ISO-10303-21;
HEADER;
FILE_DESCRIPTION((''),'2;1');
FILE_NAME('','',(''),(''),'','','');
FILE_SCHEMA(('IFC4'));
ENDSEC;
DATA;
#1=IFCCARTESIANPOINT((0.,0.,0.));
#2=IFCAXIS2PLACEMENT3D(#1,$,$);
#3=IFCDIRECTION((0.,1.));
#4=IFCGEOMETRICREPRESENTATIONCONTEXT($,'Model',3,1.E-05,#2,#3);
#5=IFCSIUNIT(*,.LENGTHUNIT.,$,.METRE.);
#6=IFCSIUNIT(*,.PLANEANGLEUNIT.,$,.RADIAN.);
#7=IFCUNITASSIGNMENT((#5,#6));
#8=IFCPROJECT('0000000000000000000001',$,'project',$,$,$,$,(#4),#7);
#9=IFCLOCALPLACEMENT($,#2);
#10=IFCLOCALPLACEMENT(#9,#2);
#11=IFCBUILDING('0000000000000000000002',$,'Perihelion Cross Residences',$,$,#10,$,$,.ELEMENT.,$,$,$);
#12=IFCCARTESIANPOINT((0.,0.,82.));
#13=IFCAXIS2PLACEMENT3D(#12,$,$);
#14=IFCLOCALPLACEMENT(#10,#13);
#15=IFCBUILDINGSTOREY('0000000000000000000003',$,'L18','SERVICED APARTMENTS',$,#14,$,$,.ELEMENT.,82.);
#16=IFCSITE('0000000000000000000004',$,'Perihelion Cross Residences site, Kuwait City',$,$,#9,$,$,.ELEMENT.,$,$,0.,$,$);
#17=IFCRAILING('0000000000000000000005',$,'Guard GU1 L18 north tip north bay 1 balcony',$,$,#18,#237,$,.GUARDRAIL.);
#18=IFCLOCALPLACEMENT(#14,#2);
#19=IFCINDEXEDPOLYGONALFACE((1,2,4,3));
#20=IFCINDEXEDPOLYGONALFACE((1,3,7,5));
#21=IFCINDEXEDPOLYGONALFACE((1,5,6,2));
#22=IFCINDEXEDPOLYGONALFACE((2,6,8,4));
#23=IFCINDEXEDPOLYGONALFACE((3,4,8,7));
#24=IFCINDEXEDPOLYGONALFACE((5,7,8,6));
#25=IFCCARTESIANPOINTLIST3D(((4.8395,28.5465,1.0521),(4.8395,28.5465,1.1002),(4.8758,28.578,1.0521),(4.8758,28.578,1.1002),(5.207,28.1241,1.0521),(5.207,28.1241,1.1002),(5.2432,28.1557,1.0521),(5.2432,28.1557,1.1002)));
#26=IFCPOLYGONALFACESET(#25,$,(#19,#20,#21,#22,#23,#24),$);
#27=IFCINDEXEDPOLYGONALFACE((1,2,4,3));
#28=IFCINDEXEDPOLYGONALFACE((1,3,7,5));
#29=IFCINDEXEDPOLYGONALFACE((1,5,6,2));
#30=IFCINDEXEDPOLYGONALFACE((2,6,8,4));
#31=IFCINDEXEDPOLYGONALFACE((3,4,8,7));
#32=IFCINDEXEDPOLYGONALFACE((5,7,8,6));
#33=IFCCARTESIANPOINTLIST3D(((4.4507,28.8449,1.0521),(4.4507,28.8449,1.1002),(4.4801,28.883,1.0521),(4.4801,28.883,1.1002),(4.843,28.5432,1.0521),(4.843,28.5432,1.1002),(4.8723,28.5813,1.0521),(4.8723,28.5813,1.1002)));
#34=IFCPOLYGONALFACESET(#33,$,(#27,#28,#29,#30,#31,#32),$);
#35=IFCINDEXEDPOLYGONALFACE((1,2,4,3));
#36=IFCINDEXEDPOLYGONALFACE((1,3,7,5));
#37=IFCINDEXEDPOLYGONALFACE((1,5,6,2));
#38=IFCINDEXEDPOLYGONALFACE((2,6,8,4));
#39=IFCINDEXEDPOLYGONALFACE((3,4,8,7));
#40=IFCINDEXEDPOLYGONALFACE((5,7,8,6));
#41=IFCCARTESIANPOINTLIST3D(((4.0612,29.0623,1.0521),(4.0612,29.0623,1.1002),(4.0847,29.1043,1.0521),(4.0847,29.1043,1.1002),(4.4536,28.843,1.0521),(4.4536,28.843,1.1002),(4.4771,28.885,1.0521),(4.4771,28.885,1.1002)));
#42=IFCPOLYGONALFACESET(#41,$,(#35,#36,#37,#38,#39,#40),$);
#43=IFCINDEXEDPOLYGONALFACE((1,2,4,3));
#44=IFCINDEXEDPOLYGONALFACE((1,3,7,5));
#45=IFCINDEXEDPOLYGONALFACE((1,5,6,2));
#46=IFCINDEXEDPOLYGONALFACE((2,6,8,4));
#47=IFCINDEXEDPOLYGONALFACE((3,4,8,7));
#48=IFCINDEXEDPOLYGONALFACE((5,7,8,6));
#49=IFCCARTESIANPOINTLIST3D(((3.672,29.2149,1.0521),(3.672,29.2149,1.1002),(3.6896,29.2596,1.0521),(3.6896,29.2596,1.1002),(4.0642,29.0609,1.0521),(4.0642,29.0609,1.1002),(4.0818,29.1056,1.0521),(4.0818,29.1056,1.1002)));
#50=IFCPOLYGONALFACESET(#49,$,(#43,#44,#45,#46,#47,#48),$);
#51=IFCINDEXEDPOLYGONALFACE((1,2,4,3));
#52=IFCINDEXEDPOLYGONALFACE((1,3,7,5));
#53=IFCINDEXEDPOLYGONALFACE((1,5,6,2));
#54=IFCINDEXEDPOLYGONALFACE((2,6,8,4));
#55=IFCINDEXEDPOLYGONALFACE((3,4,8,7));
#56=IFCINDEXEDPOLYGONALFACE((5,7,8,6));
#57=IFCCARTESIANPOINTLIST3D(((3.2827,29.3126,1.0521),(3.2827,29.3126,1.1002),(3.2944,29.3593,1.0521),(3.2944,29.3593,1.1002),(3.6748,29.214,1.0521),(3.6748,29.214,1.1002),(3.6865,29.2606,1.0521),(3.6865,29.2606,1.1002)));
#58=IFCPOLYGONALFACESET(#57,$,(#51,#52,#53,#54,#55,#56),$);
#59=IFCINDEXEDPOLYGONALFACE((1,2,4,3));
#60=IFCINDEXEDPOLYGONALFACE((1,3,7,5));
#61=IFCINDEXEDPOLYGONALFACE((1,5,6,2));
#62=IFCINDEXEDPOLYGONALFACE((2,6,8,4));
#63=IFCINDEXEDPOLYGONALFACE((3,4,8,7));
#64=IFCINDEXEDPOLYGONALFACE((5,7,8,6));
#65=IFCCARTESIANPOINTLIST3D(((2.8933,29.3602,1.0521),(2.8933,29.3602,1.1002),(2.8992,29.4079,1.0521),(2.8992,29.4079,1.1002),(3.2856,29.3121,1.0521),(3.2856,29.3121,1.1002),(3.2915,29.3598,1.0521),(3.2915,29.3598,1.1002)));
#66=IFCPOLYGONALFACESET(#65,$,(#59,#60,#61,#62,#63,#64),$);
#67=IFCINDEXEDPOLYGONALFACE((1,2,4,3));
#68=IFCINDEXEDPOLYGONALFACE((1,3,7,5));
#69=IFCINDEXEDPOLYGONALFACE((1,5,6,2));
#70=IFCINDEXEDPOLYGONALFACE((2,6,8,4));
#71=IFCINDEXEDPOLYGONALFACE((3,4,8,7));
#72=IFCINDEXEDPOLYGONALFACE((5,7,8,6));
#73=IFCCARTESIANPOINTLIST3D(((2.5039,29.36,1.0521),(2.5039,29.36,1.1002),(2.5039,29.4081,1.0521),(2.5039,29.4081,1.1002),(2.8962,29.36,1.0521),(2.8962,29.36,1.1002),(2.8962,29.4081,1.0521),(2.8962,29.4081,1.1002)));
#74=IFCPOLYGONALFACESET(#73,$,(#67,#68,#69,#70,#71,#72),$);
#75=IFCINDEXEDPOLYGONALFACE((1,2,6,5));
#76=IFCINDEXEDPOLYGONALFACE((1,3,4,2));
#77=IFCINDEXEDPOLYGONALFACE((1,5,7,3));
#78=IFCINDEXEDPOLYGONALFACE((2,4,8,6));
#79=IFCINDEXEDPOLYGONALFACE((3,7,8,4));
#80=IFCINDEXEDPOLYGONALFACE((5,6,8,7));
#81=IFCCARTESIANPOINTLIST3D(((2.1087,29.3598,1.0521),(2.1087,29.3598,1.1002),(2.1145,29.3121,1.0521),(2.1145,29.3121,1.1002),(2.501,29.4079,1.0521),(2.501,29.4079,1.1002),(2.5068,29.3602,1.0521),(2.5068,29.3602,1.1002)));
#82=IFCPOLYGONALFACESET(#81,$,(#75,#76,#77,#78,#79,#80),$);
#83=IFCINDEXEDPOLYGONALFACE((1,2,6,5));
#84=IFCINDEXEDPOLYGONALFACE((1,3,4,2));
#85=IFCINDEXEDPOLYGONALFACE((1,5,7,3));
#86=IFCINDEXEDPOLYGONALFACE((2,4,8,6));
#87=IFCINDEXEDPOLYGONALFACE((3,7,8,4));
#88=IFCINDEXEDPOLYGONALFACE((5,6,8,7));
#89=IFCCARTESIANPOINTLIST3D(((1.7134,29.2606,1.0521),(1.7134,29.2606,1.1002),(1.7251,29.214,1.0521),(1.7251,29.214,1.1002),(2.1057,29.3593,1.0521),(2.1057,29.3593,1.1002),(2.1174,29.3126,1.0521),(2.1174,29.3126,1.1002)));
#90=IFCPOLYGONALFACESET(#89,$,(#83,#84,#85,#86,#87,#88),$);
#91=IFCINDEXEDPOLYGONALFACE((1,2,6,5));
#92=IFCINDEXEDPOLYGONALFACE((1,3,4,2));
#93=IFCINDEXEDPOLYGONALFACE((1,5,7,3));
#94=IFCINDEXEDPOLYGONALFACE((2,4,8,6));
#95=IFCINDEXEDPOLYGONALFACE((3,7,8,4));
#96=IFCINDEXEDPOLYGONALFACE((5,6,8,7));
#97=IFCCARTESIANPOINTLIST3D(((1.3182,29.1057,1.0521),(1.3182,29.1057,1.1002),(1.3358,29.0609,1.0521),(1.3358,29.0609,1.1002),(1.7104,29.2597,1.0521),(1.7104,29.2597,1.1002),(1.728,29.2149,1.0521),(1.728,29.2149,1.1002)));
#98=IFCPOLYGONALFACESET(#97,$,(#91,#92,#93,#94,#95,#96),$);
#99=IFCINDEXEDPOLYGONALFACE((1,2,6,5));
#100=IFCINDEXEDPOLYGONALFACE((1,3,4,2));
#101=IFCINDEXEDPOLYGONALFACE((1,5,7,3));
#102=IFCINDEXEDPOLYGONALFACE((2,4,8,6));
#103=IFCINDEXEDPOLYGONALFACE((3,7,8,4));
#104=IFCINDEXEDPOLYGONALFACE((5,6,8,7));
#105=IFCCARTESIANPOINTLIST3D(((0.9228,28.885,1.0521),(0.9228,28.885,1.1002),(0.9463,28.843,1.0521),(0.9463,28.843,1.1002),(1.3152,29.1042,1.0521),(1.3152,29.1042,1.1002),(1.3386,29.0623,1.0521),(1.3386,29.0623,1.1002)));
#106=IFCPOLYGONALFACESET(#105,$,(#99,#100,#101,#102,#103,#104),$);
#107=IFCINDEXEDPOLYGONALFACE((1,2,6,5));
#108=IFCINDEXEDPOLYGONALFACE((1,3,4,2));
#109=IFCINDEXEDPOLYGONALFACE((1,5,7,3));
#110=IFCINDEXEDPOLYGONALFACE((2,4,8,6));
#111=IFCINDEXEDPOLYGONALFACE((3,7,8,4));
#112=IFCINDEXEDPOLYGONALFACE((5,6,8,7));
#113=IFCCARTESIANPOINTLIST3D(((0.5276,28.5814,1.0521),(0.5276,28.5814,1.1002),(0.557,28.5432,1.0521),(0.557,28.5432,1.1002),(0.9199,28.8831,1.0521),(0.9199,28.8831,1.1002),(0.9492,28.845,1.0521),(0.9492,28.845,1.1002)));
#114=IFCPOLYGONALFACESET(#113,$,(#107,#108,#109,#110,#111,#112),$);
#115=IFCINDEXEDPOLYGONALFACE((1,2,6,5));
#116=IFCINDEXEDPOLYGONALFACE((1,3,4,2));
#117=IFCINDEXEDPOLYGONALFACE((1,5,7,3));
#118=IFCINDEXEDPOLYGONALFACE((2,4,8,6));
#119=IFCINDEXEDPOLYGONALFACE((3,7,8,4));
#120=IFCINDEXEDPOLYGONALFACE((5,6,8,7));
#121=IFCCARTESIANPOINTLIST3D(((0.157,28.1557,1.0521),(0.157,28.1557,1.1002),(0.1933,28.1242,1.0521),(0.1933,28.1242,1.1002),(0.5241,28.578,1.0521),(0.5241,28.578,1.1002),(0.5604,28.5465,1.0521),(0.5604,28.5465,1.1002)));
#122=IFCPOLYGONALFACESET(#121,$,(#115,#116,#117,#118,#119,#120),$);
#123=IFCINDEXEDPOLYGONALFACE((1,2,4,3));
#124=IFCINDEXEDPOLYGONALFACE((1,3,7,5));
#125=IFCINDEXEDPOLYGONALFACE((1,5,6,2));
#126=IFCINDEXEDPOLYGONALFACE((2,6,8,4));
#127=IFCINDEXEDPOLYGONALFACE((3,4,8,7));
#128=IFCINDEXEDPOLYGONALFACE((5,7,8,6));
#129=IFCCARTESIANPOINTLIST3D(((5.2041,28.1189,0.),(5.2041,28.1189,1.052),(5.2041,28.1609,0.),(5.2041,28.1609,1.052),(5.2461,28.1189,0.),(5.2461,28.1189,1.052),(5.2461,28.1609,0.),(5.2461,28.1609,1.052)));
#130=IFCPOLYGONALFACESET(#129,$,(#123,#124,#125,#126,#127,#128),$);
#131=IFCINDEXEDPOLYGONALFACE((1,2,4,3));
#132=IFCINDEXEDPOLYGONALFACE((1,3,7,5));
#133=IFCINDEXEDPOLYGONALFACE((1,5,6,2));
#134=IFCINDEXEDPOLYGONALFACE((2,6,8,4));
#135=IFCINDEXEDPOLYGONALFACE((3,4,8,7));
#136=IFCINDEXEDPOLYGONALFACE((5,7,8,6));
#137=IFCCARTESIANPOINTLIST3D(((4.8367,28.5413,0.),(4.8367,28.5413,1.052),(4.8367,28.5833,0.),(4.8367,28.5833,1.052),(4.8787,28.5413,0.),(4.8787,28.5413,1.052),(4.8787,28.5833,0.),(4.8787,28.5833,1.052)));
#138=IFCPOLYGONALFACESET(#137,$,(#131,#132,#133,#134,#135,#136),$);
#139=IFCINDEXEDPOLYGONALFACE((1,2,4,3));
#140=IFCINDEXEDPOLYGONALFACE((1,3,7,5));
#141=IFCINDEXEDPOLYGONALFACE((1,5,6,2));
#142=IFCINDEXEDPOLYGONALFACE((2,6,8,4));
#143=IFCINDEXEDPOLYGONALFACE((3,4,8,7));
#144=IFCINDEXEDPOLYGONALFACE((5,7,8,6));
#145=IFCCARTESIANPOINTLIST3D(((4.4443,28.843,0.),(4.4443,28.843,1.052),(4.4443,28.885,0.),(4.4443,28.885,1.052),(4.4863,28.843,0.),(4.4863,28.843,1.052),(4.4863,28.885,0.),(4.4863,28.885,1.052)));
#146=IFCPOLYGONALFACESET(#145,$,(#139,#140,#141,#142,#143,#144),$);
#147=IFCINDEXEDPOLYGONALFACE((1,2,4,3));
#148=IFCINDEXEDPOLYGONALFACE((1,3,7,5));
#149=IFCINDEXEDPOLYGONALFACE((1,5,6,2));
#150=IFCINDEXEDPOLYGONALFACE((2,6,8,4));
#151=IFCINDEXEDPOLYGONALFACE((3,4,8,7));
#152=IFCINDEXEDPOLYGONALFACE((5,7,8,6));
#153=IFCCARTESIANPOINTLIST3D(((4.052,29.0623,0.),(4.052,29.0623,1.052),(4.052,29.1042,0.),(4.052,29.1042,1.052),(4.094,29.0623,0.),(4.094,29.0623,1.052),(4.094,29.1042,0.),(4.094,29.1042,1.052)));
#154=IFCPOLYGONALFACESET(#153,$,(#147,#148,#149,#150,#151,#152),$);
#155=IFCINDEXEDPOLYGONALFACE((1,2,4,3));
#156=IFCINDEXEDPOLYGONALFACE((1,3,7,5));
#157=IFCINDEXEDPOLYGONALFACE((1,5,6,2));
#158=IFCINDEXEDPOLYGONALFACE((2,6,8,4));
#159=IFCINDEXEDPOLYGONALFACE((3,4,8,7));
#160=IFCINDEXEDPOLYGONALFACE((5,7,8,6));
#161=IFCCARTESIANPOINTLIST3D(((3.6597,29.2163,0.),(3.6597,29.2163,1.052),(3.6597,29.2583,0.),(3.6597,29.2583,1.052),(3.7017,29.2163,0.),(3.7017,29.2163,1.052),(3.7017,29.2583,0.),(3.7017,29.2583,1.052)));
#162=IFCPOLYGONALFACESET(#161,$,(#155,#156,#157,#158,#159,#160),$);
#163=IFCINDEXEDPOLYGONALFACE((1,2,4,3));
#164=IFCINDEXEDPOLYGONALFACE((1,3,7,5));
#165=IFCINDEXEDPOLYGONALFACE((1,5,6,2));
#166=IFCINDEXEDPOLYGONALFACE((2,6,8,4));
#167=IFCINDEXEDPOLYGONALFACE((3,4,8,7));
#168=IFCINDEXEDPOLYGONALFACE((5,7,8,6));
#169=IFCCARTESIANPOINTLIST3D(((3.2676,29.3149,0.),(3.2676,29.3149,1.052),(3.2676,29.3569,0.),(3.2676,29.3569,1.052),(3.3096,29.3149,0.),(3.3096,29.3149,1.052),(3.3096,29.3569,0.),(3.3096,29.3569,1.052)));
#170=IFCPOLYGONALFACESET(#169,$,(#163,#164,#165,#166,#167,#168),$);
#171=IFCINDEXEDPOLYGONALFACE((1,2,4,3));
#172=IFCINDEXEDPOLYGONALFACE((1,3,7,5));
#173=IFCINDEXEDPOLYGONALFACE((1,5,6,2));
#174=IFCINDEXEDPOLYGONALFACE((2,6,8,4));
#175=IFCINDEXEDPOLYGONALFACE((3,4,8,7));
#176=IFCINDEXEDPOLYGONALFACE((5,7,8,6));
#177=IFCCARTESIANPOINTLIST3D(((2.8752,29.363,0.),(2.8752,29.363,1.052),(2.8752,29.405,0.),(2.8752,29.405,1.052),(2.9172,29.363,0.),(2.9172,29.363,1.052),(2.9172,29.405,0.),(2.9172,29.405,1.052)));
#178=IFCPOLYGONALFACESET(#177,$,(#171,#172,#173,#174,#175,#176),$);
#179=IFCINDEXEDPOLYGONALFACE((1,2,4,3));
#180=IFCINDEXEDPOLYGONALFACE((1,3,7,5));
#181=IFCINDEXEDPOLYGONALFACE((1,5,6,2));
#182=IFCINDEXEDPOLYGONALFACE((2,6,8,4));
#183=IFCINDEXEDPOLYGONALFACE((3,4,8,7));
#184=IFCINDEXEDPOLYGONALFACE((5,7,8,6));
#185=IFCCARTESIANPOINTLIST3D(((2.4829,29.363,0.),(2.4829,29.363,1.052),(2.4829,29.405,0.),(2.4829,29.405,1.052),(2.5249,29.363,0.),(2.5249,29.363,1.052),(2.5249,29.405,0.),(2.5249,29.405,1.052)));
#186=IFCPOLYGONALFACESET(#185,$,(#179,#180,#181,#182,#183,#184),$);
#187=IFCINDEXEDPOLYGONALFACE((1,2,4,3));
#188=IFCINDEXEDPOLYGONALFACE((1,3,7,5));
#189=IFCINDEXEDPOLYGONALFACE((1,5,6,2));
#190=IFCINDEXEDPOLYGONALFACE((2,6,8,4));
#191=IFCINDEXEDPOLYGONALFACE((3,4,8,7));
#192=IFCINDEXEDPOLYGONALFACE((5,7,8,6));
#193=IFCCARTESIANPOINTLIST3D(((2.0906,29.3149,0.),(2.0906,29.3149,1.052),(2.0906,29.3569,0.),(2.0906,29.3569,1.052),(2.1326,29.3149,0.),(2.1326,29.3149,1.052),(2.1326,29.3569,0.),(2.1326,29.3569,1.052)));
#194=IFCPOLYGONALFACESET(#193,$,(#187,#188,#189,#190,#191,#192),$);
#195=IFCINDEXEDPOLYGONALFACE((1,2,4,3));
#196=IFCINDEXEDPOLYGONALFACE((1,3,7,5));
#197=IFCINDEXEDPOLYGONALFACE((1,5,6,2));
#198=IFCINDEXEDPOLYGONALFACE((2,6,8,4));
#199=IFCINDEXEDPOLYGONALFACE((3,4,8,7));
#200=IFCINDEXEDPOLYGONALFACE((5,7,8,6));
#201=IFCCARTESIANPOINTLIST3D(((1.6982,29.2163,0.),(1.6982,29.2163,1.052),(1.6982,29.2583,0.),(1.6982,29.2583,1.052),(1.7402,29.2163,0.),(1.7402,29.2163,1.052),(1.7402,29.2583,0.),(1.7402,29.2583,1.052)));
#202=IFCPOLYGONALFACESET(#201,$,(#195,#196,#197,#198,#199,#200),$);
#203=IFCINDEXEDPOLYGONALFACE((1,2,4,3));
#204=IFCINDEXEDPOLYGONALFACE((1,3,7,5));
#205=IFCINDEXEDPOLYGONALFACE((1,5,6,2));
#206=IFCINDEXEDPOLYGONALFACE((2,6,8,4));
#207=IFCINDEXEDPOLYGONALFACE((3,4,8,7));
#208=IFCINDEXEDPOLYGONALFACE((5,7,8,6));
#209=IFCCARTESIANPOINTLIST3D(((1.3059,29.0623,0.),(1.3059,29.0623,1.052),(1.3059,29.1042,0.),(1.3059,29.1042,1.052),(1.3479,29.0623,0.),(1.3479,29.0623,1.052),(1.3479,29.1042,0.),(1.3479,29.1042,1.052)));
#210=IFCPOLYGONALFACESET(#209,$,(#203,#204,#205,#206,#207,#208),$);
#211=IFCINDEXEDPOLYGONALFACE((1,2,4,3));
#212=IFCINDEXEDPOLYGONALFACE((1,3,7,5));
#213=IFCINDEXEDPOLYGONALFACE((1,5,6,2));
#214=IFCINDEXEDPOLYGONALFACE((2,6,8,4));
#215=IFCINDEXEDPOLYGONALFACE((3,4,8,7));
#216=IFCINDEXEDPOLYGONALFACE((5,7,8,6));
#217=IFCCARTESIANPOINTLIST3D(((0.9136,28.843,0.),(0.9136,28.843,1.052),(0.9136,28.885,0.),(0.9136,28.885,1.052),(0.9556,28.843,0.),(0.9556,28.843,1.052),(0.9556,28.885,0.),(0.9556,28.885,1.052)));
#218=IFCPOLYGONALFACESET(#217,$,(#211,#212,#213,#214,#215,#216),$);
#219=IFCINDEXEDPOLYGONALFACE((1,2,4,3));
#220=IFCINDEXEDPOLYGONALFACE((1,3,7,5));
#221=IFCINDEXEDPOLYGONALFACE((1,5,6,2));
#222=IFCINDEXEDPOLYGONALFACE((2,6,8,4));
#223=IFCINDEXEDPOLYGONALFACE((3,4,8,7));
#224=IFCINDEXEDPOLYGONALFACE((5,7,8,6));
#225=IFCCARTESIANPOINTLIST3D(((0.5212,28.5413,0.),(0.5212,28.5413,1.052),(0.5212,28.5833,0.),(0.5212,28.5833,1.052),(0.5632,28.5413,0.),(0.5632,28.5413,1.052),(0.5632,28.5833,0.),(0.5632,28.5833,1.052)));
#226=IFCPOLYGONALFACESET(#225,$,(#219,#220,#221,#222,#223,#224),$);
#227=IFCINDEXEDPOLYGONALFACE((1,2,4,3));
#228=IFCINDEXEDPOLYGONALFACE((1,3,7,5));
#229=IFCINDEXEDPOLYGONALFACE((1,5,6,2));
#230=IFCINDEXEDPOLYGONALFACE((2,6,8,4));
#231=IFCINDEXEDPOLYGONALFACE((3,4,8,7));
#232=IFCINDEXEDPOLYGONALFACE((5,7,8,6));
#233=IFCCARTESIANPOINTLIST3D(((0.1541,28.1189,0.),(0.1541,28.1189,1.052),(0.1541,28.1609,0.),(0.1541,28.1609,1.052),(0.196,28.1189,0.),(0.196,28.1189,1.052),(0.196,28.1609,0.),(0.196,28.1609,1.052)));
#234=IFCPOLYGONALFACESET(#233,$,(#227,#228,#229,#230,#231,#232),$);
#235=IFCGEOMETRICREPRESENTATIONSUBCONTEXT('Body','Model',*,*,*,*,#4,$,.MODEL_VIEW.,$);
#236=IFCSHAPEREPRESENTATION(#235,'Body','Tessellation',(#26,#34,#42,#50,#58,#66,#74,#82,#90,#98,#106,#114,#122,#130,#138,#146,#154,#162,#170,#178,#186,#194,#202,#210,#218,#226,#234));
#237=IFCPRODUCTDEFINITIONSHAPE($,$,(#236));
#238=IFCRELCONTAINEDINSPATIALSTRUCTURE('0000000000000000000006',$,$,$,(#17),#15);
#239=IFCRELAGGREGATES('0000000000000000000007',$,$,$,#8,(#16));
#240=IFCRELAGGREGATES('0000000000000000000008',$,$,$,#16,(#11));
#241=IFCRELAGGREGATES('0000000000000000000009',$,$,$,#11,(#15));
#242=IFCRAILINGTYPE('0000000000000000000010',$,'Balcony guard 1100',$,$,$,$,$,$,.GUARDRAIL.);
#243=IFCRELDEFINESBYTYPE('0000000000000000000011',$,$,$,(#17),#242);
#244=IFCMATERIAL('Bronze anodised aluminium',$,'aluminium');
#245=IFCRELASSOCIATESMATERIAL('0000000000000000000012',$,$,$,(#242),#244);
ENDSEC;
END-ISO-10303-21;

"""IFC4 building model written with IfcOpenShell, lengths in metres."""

from ifc_helpers import new_model, si_unit, direction, frame, origin, origin_2d, place, context, subcontext, project, spatial, rectangle, extrude, material, type_object, element, save


model = new_model("IFC4")

# Units and contexts
model_context = context("Model", 3, precision=1e-05, world=origin(), true_north=direction((0.0, 1.0)))
body_context = subcontext(model_context, "Body", "Model", "MODEL_VIEW")
ifc_project = project(units=[si_unit("LENGTHUNIT", "METRE"), si_unit("PLANEANGLEUNIT", "RADIAN")], contexts=[model_context])

# Site, building, storey
site_placement = place(None, origin())
site = spatial("IfcSite", under=ifc_project, at=site_placement, Name="Perihelion Cross Residences site, Kuwait City", CompositionType="ELEMENT", RefElevation=0.0)
building_placement = place(site_placement, origin())
building = spatial("IfcBuilding", under=site, at=building_placement, Name="Perihelion Cross Residences", CompositionType="ELEMENT")
storey_placement = place(building_placement, frame((0.0, 0.0, 82.0)))
storey = spatial("IfcBuildingStorey", under=building, at=storey_placement, Name="L18", Description="SERVICED APARTMENTS", CompositionType="ELEMENT", Elevation=82.0)

# Railing
ifc_material_1 = material(Name="Bronze anodised aluminium", Category="aluminium")
railing_type = type_object("IfcRailingType", Name="Balcony guard 1100", PredefinedType="GUARDRAIL", material=ifc_material_1)
railing_placement = place(storey_placement, frame((5.2251, 28.1399, 0.0)))
element("IfcRailing", 1, at=railing_placement, inside=storey, type_object=railing_type, Name="Guard GU1 L18 north tip north bay 1 balcony", PredefinedType="GUARDRAIL", context=body_context, shape_type="SweptSolid", body=[
    extrude(rectangle(XDim=0.0481, YDim=0.0481, at=origin_2d()), frame((0.0, 0.0, 1.0762), z_axis=(-0.656341, 0.754465, 0.0), x_axis=(-0.754465, -0.656341, 0.0)), (0.0, 0.0, 1.0), 0.5598),
    extrude(rectangle(XDim=0.0481, YDim=0.0481, at=origin_2d()), frame((-0.3674, 0.4224, 1.0762), z_axis=(-0.792661, 0.609663, 0.0), x_axis=(-0.609663, -0.792661, 0.0)), (0.0, 0.0, 1.0), 0.4949),
    extrude(rectangle(XDim=0.0481, YDim=0.0481, at=origin_2d()), frame((-0.7598, 0.7241, 1.0762), z_axis=(-0.87295, 0.487809, 0.0), x_axis=(-0.487809, -0.87295, 0.0)), (0.0, 0.0, 1.0), 0.4495),
    extrude(rectangle(XDim=0.0481, YDim=0.0481, at=origin_2d()), frame((-1.1521, 0.9434, 1.0762), z_axis=(-0.930815, 0.365491, 0.0), x_axis=(-0.365491, -0.930815, 0.0)), (0.0, 0.0, 1.0), 0.4214),
    extrude(rectangle(XDim=0.0481, YDim=0.0481, at=origin_2d()), frame((-1.5444, 1.0974, 1.0762), z_axis=(-0.969786, 0.243956, 0.0), x_axis=(-0.243956, -0.969786, 0.0)), (0.0, 0.0, 1.0), 0.4043),
    extrude(rectangle(XDim=0.0481, YDim=0.0481, at=origin_2d()), frame((-1.9365, 1.196, 1.0762), z_axis=(-0.99257, 0.121678, 0.0), x_axis=(-0.121678, -0.99257, 0.0)), (0.0, 0.0, 1.0), 0.3953),
    extrude(rectangle(XDim=0.0481, YDim=0.0481, at=origin_2d()), frame((-2.3289, 1.2441, 1.0762), z_axis=(-1.0, 0.0, 0.0), x_axis=(0.0, -1.0, 0.0)), (0.0, 0.0, 1.0), 0.3923),
    extrude(rectangle(XDim=0.0481, YDim=0.0481, at=origin_2d()), frame((-2.7212, 1.2441, 1.0762), z_axis=(-0.99257, -0.121678, 0.0), x_axis=(0.121678, -0.99257, 0.0)), (0.0, 0.0, 1.0), 0.3953),
    extrude(rectangle(XDim=0.0481, YDim=0.0481, at=origin_2d()), frame((-3.1135, 1.196, 1.0762), z_axis=(-0.969822, -0.243813, 0.0), x_axis=(0.243813, -0.969822, 0.0)), (0.0, 0.0, 1.0), 0.4045),
    extrude(rectangle(XDim=0.0481, YDim=0.0481, at=origin_2d()), frame((-3.5059, 1.0974, 1.0762), z_axis=(-0.930815, -0.365491, 0.0), x_axis=(0.365491, -0.930815, 0.0)), (0.0, 0.0, 1.0), 0.4214),
    extrude(rectangle(XDim=0.0481, YDim=0.0481, at=origin_2d()), frame((-3.8982, 0.9434, 1.0762), z_axis=(-0.87295, -0.487809, 0.0), x_axis=(0.487809, -0.87295, 0.0)), (0.0, 0.0, 1.0), 0.4495),
    extrude(rectangle(XDim=0.0481, YDim=0.0481, at=origin_2d()), frame((-4.2905, 0.7241, 1.0762), z_axis=(-0.792661, -0.609663, 0.0), x_axis=(0.609663, -0.792661, 0.0)), (0.0, 0.0, 1.0), 0.4949),
    extrude(rectangle(XDim=0.0481, YDim=0.0481, at=origin_2d()), frame((-4.6829, 0.4224, 1.0762), z_axis=(-0.656092, -0.754681, 0.0), x_axis=(0.754681, -0.656092, 0.0)), (0.0, 0.0, 1.0), 0.5596),
    extrude(rectangle(XDim=0.042, YDim=0.042, at=origin_2d()), origin(), (0.0, 0.0, 1.0), 1.052),
    extrude(rectangle(XDim=0.042, YDim=0.042, at=origin_2d()), frame((-0.3674, 0.4224, 0.0)), (0.0, 0.0, 1.0), 1.052),
    extrude(rectangle(XDim=0.042, YDim=0.042, at=origin_2d()), frame((-0.7598, 0.7241, 0.0)), (0.0, 0.0, 1.0), 1.052),
    extrude(rectangle(XDim=0.042, YDim=0.042, at=origin_2d()), frame((-1.1521, 0.9434, 0.0)), (0.0, 0.0, 1.0), 1.052),
    extrude(rectangle(XDim=0.042, YDim=0.042, at=origin_2d()), frame((-1.5444, 1.0974, 0.0)), (0.0, 0.0, 1.0), 1.052),
    extrude(rectangle(XDim=0.042, YDim=0.042, at=origin_2d()), frame((-1.9365, 1.196, 0.0)), (0.0, 0.0, 1.0), 1.052),
    extrude(rectangle(XDim=0.042, YDim=0.042, at=origin_2d()), frame((-2.3289, 1.2441, 0.0)), (0.0, 0.0, 1.0), 1.052),
    extrude(rectangle(XDim=0.042, YDim=0.042, at=origin_2d()), frame((-2.7212, 1.2441, 0.0)), (0.0, 0.0, 1.0), 1.052),
    extrude(rectangle(XDim=0.042, YDim=0.042, at=origin_2d()), frame((-3.1135, 1.196, 0.0)), (0.0, 0.0, 1.0), 1.052),
    extrude(rectangle(XDim=0.042, YDim=0.042, at=origin_2d()), frame((-3.5059, 1.0974, 0.0)), (0.0, 0.0, 1.0), 1.052),
    extrude(rectangle(XDim=0.042, YDim=0.042, at=origin_2d()), frame((-3.8982, 0.9434, 0.0)), (0.0, 0.0, 1.0), 1.052),
    extrude(rectangle(XDim=0.042, YDim=0.042, at=origin_2d()), frame((-4.2905, 0.7241, 0.0)), (0.0, 0.0, 1.0), 1.052),
    extrude(rectangle(XDim=0.042, YDim=0.042, at=origin_2d()), frame((-4.6829, 0.4224, 0.0)), (0.0, 0.0, 1.0), 1.052),
    extrude(rectangle(XDim=0.042, YDim=0.042, at=origin_2d()), frame((-5.05, 0.0, 0.0)), (0.0, 0.0, 1.0), 1.052),
])

save(model, "model.ifc")
